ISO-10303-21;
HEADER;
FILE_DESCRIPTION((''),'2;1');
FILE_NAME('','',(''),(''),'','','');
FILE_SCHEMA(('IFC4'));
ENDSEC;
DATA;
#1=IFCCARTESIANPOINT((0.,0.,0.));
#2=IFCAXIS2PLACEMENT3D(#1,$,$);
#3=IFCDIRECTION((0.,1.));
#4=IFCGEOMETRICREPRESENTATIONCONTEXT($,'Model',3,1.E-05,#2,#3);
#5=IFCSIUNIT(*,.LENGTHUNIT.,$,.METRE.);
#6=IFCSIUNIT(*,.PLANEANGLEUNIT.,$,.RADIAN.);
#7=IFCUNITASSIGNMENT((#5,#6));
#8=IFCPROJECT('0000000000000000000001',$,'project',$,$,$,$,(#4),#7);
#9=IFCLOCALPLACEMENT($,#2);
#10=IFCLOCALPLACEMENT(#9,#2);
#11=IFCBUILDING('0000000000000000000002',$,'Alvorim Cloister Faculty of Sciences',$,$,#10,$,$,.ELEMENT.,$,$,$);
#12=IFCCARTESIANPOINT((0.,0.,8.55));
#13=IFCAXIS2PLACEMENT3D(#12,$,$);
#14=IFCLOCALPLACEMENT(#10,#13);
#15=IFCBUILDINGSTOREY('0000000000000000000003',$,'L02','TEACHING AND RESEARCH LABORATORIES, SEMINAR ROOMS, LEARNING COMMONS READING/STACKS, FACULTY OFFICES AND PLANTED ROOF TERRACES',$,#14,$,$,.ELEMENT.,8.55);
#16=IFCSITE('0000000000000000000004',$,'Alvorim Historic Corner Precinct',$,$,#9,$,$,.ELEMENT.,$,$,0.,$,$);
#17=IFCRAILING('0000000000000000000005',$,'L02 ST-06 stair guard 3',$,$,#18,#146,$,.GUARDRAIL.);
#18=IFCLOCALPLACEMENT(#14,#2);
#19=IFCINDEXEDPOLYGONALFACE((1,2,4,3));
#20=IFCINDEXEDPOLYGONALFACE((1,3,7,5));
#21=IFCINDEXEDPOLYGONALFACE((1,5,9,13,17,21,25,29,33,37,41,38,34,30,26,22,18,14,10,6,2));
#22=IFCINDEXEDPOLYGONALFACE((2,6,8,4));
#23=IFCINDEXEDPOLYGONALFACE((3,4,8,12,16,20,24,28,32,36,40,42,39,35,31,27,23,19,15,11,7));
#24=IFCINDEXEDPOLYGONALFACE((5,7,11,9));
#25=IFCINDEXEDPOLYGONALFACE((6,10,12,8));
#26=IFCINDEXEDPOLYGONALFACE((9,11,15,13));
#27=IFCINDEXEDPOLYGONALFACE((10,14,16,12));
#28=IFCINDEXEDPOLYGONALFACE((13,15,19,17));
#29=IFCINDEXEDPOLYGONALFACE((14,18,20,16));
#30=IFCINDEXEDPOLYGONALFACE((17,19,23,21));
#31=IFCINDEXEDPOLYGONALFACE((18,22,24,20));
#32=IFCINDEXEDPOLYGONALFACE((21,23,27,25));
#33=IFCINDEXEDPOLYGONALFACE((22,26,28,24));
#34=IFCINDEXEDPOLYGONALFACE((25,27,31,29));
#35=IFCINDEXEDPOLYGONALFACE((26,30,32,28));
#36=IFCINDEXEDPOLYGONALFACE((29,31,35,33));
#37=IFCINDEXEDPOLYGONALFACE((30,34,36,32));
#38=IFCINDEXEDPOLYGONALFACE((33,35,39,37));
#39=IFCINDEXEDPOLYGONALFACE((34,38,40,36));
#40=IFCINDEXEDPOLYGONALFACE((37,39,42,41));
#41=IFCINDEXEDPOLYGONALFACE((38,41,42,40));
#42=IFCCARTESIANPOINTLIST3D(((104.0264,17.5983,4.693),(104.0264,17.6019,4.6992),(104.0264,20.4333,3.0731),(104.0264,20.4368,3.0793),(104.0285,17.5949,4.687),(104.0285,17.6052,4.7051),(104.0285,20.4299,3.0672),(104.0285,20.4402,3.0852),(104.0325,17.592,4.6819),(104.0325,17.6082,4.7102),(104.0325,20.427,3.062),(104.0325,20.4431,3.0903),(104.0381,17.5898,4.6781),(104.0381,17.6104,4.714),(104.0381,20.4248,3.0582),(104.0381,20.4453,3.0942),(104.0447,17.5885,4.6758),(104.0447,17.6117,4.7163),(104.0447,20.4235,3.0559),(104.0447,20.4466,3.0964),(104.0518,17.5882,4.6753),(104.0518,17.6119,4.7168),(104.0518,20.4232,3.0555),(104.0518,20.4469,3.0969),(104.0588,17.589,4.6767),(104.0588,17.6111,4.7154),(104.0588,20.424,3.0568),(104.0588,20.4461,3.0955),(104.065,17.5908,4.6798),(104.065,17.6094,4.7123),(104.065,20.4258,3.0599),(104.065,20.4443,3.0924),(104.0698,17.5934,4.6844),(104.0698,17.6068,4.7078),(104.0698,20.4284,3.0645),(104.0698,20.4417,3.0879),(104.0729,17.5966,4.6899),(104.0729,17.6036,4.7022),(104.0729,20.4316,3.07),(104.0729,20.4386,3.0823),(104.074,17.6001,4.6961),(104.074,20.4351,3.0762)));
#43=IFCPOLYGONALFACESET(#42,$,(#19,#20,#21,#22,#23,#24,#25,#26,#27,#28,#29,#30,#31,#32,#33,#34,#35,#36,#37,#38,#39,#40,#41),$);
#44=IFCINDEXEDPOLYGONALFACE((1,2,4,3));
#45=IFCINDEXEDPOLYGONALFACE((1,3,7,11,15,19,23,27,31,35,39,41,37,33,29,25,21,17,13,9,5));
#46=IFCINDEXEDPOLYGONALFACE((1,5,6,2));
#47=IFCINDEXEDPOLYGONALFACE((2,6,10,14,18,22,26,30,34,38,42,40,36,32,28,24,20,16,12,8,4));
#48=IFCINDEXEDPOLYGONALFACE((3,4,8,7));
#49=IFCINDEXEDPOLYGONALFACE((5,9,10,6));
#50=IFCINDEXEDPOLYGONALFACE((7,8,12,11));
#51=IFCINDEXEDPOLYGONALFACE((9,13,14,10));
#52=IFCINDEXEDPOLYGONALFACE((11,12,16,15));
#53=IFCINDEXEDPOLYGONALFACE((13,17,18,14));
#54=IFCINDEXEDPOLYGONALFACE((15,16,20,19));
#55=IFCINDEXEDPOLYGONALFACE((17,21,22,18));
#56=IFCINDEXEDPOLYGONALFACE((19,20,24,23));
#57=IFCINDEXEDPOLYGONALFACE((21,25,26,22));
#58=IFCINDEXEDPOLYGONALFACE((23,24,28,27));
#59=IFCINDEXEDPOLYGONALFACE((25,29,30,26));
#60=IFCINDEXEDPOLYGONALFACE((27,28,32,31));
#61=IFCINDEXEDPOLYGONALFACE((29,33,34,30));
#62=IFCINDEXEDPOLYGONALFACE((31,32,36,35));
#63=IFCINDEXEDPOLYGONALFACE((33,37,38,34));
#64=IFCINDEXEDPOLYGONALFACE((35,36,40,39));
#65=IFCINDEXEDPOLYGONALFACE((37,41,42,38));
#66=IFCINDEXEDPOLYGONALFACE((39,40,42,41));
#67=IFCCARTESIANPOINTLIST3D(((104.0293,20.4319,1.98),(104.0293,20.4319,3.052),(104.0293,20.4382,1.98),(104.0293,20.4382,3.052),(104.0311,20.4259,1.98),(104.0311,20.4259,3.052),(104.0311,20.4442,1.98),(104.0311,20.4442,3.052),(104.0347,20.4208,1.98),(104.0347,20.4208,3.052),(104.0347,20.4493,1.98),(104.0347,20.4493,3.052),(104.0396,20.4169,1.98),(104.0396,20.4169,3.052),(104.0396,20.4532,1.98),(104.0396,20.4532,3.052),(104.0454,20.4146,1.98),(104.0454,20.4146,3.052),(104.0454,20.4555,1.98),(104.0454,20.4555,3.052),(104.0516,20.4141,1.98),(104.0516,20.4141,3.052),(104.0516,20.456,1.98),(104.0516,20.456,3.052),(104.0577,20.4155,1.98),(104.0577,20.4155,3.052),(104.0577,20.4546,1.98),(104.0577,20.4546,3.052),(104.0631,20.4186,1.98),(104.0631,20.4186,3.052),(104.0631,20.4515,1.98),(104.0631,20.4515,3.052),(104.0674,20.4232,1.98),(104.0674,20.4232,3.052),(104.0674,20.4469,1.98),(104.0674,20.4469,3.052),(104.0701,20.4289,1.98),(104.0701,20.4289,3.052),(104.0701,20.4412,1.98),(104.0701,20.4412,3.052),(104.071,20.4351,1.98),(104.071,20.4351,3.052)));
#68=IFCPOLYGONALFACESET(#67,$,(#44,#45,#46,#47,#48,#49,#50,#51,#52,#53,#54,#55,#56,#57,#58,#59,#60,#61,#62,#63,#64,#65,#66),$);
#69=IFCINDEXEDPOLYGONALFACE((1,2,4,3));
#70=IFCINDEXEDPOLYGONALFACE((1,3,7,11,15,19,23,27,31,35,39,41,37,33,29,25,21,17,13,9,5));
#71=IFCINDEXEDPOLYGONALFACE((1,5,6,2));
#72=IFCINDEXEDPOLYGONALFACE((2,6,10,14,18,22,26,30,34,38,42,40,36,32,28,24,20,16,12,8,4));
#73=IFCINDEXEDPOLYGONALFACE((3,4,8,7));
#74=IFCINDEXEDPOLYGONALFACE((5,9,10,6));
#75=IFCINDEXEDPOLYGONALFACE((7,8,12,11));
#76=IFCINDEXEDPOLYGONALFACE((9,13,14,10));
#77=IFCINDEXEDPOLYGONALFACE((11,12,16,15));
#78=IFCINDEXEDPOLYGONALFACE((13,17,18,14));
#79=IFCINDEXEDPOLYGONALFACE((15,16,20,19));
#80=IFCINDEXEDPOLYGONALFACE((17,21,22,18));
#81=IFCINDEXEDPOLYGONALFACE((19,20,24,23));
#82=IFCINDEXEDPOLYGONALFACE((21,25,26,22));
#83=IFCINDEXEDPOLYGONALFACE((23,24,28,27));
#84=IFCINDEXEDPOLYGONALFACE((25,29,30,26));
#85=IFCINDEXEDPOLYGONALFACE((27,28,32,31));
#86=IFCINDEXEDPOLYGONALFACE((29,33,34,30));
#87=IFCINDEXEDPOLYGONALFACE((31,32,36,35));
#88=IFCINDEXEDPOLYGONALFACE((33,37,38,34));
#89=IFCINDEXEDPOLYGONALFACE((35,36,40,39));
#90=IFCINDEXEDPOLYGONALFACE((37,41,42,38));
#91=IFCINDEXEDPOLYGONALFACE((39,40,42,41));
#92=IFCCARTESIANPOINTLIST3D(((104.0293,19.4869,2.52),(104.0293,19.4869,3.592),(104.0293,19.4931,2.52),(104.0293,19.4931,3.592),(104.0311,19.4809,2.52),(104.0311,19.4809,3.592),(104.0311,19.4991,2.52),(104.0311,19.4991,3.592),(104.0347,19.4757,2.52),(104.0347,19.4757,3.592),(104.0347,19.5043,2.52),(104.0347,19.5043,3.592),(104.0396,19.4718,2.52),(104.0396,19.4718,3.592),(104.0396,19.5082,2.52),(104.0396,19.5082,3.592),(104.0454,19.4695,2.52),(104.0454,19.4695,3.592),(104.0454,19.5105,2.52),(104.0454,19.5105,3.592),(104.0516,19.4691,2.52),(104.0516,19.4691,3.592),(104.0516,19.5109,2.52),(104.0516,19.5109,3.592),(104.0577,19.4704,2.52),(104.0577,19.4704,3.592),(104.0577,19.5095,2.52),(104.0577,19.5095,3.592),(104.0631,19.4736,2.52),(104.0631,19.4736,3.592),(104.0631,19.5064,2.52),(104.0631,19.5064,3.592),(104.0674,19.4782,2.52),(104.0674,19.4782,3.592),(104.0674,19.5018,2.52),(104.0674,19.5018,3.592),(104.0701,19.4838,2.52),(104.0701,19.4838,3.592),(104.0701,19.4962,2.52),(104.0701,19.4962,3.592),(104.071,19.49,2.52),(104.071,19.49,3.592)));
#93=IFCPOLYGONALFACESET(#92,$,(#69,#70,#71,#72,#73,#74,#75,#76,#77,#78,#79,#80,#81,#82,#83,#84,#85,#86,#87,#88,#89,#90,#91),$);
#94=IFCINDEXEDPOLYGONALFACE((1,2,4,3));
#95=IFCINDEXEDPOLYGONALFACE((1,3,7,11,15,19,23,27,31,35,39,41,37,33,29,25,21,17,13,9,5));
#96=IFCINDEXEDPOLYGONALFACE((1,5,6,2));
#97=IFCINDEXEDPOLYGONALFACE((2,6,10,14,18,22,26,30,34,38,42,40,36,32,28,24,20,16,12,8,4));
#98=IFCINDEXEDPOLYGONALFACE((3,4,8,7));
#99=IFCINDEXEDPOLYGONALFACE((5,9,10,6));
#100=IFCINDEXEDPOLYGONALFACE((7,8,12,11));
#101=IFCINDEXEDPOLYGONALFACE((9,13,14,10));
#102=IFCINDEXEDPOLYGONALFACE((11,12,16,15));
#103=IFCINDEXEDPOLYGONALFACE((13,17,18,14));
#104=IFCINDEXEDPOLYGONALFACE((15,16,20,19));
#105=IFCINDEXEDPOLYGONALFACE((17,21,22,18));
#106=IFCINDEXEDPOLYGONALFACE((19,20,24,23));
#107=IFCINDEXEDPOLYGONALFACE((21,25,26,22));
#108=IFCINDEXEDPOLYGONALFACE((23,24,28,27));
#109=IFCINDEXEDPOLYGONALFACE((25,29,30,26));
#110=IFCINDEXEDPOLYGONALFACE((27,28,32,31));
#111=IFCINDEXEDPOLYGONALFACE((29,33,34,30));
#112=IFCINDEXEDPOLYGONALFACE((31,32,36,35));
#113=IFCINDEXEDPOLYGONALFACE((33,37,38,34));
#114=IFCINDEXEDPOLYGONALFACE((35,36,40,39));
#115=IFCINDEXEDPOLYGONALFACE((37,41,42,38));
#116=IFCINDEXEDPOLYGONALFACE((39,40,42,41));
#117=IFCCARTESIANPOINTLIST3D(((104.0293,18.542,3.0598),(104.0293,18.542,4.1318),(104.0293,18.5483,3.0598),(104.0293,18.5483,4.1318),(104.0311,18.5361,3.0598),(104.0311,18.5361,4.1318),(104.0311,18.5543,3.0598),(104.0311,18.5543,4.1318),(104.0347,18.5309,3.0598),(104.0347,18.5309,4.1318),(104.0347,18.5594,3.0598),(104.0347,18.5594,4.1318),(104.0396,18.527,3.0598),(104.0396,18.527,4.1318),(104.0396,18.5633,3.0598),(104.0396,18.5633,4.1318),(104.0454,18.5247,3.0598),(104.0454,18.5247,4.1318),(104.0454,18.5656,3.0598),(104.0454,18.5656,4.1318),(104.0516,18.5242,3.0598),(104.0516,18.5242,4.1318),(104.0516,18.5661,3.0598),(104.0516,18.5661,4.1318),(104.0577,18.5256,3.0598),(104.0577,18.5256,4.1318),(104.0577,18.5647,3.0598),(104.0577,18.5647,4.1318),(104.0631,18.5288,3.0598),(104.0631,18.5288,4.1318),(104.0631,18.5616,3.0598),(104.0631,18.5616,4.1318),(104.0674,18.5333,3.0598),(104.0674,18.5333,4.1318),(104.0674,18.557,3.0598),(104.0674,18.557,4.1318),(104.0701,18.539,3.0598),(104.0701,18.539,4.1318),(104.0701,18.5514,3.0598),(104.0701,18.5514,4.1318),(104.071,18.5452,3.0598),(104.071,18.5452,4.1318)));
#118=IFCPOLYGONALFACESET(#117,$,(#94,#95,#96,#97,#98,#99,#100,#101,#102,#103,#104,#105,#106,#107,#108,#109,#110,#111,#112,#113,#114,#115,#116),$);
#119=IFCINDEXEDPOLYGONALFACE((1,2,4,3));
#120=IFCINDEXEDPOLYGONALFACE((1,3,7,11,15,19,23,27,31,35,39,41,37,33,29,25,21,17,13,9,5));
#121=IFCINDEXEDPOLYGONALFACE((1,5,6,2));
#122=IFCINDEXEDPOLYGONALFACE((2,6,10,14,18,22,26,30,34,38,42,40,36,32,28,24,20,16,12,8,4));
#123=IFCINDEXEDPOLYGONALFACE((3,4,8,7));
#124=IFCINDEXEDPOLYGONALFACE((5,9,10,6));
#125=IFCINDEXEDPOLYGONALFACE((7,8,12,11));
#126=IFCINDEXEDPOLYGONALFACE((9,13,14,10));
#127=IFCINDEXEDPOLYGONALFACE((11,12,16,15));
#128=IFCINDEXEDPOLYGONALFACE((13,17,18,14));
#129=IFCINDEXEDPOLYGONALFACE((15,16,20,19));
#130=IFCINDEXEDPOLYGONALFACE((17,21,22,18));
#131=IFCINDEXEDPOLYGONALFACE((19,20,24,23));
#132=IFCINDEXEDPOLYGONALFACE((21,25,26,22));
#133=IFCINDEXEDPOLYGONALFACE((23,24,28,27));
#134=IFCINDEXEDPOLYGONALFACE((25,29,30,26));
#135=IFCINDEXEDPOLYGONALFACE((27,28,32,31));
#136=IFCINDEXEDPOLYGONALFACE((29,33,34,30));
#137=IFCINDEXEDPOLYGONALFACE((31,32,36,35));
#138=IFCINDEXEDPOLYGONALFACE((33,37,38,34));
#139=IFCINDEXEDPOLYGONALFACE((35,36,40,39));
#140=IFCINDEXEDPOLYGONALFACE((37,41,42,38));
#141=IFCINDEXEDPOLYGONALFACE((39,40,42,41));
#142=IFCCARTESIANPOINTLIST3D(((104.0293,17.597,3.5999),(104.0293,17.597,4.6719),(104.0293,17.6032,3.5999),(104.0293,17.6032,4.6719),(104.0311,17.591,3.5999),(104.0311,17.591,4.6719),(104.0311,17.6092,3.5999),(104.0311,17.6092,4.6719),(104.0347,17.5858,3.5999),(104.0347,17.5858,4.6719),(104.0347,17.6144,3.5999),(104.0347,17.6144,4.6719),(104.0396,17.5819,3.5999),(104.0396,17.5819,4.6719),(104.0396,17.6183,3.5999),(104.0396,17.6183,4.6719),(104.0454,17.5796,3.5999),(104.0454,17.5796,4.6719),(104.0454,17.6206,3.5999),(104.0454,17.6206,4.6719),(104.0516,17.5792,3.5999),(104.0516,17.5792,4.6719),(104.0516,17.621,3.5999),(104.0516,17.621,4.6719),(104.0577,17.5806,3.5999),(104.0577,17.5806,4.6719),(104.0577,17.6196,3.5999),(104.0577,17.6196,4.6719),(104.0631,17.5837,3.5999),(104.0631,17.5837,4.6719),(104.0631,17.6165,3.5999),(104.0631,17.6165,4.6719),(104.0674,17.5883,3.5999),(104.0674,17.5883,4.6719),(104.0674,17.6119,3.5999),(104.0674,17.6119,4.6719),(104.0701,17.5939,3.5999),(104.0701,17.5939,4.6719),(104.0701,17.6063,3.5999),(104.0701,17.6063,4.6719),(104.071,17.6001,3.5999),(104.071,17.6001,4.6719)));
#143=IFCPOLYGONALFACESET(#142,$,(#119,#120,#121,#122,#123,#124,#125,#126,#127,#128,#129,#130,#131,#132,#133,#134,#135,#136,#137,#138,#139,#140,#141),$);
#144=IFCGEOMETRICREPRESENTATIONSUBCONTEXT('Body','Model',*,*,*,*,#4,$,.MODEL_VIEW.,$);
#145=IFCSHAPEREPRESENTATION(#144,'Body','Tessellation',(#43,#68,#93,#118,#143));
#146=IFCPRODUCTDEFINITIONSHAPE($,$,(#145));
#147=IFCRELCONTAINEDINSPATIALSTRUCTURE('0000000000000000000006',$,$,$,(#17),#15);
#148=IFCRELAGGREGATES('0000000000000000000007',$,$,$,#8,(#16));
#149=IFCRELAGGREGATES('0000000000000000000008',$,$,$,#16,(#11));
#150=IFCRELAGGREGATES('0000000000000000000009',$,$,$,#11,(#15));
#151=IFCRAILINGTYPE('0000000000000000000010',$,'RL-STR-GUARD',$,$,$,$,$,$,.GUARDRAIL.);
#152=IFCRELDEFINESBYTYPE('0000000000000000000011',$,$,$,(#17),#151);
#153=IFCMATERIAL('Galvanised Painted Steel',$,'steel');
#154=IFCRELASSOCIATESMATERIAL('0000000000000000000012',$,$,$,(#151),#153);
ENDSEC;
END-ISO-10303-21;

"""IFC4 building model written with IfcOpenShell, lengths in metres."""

from ifc_helpers import new_model, si_unit, direction, frame, origin, origin_2d, place, context, subcontext, project, spatial, circle, extrude, material, type_object, element, save


model = new_model("IFC4")

# Units and contexts
model_context = context("Model", 3, precision=1e-05, world=origin(), true_north=direction((0.0, 1.0)))
body_context = subcontext(model_context, "Body", "Model", "MODEL_VIEW")
ifc_project = project(units=[si_unit("LENGTHUNIT", "METRE"), si_unit("PLANEANGLEUNIT", "RADIAN")], contexts=[model_context])

# Site, building, storey
site_placement = place(None, origin())
site = spatial("IfcSite", under=ifc_project, at=site_placement, Name="Alvorim Historic Corner Precinct", CompositionType="ELEMENT", RefElevation=0.0)
building_placement = place(site_placement, origin())
building = spatial("IfcBuilding", under=site, at=building_placement, Name="Alvorim Cloister Faculty of Sciences", CompositionType="ELEMENT")
storey_placement = place(building_placement, frame((0.0, 0.0, 8.55)))
storey = spatial("IfcBuildingStorey", under=building, at=storey_placement, Name="L02", Description="TEACHING AND RESEARCH LABORATORIES, SEMINAR ROOMS, LEARNING COMMONS READING/STACKS, FACULTY OFFICES AND PLANTED ROOF TERRACES", CompositionType="ELEMENT", Elevation=8.55)

# Railing
ifc_material_1 = material(Name="Galvanised Painted Steel", Category="steel")
railing_type_1 = type_object("IfcRailingType", Name="RL-STR-GUARD", PredefinedType="GUARDRAIL", material=ifc_material_1)
railing_1_placement = place(storey_placement, frame((104.05, 20.4351, 1.98)))
element("IfcRailing", 1, at=railing_1_placement, inside=storey, type_object=railing_type_1, Name="L02 ST-06 stair guard 3", PredefinedType="GUARDRAIL", context=body_context, shape_type="SweptSolid", body=[
    extrude(circle(Radius=0.0239, at=origin_2d()), frame((0.0, 0.0, 1.0962), z_axis=(0.0, -0.868257, 0.496115), x_axis=(1.0, 0.0, 0.0)), (0.0, 0.0, 1.0), 3.2651),
    extrude(circle(Radius=0.021, at=origin_2d()), origin(), (0.0, 0.0, 1.0), 1.072),
    extrude(circle(Radius=0.021, at=origin_2d()), frame((0.0, -0.9451, 0.54)), (0.0, 0.0, 1.0), 1.072),
    extrude(circle(Radius=0.021, at=origin_2d()), frame((0.0, -1.8899, 1.0798)), (0.0, 0.0, 1.0), 1.072),
    extrude(circle(Radius=0.021, at=origin_2d()), frame((0.0, -2.835, 1.6199)), (0.0, 0.0, 1.0), 1.072),
])

save(model, "model.ifc")
